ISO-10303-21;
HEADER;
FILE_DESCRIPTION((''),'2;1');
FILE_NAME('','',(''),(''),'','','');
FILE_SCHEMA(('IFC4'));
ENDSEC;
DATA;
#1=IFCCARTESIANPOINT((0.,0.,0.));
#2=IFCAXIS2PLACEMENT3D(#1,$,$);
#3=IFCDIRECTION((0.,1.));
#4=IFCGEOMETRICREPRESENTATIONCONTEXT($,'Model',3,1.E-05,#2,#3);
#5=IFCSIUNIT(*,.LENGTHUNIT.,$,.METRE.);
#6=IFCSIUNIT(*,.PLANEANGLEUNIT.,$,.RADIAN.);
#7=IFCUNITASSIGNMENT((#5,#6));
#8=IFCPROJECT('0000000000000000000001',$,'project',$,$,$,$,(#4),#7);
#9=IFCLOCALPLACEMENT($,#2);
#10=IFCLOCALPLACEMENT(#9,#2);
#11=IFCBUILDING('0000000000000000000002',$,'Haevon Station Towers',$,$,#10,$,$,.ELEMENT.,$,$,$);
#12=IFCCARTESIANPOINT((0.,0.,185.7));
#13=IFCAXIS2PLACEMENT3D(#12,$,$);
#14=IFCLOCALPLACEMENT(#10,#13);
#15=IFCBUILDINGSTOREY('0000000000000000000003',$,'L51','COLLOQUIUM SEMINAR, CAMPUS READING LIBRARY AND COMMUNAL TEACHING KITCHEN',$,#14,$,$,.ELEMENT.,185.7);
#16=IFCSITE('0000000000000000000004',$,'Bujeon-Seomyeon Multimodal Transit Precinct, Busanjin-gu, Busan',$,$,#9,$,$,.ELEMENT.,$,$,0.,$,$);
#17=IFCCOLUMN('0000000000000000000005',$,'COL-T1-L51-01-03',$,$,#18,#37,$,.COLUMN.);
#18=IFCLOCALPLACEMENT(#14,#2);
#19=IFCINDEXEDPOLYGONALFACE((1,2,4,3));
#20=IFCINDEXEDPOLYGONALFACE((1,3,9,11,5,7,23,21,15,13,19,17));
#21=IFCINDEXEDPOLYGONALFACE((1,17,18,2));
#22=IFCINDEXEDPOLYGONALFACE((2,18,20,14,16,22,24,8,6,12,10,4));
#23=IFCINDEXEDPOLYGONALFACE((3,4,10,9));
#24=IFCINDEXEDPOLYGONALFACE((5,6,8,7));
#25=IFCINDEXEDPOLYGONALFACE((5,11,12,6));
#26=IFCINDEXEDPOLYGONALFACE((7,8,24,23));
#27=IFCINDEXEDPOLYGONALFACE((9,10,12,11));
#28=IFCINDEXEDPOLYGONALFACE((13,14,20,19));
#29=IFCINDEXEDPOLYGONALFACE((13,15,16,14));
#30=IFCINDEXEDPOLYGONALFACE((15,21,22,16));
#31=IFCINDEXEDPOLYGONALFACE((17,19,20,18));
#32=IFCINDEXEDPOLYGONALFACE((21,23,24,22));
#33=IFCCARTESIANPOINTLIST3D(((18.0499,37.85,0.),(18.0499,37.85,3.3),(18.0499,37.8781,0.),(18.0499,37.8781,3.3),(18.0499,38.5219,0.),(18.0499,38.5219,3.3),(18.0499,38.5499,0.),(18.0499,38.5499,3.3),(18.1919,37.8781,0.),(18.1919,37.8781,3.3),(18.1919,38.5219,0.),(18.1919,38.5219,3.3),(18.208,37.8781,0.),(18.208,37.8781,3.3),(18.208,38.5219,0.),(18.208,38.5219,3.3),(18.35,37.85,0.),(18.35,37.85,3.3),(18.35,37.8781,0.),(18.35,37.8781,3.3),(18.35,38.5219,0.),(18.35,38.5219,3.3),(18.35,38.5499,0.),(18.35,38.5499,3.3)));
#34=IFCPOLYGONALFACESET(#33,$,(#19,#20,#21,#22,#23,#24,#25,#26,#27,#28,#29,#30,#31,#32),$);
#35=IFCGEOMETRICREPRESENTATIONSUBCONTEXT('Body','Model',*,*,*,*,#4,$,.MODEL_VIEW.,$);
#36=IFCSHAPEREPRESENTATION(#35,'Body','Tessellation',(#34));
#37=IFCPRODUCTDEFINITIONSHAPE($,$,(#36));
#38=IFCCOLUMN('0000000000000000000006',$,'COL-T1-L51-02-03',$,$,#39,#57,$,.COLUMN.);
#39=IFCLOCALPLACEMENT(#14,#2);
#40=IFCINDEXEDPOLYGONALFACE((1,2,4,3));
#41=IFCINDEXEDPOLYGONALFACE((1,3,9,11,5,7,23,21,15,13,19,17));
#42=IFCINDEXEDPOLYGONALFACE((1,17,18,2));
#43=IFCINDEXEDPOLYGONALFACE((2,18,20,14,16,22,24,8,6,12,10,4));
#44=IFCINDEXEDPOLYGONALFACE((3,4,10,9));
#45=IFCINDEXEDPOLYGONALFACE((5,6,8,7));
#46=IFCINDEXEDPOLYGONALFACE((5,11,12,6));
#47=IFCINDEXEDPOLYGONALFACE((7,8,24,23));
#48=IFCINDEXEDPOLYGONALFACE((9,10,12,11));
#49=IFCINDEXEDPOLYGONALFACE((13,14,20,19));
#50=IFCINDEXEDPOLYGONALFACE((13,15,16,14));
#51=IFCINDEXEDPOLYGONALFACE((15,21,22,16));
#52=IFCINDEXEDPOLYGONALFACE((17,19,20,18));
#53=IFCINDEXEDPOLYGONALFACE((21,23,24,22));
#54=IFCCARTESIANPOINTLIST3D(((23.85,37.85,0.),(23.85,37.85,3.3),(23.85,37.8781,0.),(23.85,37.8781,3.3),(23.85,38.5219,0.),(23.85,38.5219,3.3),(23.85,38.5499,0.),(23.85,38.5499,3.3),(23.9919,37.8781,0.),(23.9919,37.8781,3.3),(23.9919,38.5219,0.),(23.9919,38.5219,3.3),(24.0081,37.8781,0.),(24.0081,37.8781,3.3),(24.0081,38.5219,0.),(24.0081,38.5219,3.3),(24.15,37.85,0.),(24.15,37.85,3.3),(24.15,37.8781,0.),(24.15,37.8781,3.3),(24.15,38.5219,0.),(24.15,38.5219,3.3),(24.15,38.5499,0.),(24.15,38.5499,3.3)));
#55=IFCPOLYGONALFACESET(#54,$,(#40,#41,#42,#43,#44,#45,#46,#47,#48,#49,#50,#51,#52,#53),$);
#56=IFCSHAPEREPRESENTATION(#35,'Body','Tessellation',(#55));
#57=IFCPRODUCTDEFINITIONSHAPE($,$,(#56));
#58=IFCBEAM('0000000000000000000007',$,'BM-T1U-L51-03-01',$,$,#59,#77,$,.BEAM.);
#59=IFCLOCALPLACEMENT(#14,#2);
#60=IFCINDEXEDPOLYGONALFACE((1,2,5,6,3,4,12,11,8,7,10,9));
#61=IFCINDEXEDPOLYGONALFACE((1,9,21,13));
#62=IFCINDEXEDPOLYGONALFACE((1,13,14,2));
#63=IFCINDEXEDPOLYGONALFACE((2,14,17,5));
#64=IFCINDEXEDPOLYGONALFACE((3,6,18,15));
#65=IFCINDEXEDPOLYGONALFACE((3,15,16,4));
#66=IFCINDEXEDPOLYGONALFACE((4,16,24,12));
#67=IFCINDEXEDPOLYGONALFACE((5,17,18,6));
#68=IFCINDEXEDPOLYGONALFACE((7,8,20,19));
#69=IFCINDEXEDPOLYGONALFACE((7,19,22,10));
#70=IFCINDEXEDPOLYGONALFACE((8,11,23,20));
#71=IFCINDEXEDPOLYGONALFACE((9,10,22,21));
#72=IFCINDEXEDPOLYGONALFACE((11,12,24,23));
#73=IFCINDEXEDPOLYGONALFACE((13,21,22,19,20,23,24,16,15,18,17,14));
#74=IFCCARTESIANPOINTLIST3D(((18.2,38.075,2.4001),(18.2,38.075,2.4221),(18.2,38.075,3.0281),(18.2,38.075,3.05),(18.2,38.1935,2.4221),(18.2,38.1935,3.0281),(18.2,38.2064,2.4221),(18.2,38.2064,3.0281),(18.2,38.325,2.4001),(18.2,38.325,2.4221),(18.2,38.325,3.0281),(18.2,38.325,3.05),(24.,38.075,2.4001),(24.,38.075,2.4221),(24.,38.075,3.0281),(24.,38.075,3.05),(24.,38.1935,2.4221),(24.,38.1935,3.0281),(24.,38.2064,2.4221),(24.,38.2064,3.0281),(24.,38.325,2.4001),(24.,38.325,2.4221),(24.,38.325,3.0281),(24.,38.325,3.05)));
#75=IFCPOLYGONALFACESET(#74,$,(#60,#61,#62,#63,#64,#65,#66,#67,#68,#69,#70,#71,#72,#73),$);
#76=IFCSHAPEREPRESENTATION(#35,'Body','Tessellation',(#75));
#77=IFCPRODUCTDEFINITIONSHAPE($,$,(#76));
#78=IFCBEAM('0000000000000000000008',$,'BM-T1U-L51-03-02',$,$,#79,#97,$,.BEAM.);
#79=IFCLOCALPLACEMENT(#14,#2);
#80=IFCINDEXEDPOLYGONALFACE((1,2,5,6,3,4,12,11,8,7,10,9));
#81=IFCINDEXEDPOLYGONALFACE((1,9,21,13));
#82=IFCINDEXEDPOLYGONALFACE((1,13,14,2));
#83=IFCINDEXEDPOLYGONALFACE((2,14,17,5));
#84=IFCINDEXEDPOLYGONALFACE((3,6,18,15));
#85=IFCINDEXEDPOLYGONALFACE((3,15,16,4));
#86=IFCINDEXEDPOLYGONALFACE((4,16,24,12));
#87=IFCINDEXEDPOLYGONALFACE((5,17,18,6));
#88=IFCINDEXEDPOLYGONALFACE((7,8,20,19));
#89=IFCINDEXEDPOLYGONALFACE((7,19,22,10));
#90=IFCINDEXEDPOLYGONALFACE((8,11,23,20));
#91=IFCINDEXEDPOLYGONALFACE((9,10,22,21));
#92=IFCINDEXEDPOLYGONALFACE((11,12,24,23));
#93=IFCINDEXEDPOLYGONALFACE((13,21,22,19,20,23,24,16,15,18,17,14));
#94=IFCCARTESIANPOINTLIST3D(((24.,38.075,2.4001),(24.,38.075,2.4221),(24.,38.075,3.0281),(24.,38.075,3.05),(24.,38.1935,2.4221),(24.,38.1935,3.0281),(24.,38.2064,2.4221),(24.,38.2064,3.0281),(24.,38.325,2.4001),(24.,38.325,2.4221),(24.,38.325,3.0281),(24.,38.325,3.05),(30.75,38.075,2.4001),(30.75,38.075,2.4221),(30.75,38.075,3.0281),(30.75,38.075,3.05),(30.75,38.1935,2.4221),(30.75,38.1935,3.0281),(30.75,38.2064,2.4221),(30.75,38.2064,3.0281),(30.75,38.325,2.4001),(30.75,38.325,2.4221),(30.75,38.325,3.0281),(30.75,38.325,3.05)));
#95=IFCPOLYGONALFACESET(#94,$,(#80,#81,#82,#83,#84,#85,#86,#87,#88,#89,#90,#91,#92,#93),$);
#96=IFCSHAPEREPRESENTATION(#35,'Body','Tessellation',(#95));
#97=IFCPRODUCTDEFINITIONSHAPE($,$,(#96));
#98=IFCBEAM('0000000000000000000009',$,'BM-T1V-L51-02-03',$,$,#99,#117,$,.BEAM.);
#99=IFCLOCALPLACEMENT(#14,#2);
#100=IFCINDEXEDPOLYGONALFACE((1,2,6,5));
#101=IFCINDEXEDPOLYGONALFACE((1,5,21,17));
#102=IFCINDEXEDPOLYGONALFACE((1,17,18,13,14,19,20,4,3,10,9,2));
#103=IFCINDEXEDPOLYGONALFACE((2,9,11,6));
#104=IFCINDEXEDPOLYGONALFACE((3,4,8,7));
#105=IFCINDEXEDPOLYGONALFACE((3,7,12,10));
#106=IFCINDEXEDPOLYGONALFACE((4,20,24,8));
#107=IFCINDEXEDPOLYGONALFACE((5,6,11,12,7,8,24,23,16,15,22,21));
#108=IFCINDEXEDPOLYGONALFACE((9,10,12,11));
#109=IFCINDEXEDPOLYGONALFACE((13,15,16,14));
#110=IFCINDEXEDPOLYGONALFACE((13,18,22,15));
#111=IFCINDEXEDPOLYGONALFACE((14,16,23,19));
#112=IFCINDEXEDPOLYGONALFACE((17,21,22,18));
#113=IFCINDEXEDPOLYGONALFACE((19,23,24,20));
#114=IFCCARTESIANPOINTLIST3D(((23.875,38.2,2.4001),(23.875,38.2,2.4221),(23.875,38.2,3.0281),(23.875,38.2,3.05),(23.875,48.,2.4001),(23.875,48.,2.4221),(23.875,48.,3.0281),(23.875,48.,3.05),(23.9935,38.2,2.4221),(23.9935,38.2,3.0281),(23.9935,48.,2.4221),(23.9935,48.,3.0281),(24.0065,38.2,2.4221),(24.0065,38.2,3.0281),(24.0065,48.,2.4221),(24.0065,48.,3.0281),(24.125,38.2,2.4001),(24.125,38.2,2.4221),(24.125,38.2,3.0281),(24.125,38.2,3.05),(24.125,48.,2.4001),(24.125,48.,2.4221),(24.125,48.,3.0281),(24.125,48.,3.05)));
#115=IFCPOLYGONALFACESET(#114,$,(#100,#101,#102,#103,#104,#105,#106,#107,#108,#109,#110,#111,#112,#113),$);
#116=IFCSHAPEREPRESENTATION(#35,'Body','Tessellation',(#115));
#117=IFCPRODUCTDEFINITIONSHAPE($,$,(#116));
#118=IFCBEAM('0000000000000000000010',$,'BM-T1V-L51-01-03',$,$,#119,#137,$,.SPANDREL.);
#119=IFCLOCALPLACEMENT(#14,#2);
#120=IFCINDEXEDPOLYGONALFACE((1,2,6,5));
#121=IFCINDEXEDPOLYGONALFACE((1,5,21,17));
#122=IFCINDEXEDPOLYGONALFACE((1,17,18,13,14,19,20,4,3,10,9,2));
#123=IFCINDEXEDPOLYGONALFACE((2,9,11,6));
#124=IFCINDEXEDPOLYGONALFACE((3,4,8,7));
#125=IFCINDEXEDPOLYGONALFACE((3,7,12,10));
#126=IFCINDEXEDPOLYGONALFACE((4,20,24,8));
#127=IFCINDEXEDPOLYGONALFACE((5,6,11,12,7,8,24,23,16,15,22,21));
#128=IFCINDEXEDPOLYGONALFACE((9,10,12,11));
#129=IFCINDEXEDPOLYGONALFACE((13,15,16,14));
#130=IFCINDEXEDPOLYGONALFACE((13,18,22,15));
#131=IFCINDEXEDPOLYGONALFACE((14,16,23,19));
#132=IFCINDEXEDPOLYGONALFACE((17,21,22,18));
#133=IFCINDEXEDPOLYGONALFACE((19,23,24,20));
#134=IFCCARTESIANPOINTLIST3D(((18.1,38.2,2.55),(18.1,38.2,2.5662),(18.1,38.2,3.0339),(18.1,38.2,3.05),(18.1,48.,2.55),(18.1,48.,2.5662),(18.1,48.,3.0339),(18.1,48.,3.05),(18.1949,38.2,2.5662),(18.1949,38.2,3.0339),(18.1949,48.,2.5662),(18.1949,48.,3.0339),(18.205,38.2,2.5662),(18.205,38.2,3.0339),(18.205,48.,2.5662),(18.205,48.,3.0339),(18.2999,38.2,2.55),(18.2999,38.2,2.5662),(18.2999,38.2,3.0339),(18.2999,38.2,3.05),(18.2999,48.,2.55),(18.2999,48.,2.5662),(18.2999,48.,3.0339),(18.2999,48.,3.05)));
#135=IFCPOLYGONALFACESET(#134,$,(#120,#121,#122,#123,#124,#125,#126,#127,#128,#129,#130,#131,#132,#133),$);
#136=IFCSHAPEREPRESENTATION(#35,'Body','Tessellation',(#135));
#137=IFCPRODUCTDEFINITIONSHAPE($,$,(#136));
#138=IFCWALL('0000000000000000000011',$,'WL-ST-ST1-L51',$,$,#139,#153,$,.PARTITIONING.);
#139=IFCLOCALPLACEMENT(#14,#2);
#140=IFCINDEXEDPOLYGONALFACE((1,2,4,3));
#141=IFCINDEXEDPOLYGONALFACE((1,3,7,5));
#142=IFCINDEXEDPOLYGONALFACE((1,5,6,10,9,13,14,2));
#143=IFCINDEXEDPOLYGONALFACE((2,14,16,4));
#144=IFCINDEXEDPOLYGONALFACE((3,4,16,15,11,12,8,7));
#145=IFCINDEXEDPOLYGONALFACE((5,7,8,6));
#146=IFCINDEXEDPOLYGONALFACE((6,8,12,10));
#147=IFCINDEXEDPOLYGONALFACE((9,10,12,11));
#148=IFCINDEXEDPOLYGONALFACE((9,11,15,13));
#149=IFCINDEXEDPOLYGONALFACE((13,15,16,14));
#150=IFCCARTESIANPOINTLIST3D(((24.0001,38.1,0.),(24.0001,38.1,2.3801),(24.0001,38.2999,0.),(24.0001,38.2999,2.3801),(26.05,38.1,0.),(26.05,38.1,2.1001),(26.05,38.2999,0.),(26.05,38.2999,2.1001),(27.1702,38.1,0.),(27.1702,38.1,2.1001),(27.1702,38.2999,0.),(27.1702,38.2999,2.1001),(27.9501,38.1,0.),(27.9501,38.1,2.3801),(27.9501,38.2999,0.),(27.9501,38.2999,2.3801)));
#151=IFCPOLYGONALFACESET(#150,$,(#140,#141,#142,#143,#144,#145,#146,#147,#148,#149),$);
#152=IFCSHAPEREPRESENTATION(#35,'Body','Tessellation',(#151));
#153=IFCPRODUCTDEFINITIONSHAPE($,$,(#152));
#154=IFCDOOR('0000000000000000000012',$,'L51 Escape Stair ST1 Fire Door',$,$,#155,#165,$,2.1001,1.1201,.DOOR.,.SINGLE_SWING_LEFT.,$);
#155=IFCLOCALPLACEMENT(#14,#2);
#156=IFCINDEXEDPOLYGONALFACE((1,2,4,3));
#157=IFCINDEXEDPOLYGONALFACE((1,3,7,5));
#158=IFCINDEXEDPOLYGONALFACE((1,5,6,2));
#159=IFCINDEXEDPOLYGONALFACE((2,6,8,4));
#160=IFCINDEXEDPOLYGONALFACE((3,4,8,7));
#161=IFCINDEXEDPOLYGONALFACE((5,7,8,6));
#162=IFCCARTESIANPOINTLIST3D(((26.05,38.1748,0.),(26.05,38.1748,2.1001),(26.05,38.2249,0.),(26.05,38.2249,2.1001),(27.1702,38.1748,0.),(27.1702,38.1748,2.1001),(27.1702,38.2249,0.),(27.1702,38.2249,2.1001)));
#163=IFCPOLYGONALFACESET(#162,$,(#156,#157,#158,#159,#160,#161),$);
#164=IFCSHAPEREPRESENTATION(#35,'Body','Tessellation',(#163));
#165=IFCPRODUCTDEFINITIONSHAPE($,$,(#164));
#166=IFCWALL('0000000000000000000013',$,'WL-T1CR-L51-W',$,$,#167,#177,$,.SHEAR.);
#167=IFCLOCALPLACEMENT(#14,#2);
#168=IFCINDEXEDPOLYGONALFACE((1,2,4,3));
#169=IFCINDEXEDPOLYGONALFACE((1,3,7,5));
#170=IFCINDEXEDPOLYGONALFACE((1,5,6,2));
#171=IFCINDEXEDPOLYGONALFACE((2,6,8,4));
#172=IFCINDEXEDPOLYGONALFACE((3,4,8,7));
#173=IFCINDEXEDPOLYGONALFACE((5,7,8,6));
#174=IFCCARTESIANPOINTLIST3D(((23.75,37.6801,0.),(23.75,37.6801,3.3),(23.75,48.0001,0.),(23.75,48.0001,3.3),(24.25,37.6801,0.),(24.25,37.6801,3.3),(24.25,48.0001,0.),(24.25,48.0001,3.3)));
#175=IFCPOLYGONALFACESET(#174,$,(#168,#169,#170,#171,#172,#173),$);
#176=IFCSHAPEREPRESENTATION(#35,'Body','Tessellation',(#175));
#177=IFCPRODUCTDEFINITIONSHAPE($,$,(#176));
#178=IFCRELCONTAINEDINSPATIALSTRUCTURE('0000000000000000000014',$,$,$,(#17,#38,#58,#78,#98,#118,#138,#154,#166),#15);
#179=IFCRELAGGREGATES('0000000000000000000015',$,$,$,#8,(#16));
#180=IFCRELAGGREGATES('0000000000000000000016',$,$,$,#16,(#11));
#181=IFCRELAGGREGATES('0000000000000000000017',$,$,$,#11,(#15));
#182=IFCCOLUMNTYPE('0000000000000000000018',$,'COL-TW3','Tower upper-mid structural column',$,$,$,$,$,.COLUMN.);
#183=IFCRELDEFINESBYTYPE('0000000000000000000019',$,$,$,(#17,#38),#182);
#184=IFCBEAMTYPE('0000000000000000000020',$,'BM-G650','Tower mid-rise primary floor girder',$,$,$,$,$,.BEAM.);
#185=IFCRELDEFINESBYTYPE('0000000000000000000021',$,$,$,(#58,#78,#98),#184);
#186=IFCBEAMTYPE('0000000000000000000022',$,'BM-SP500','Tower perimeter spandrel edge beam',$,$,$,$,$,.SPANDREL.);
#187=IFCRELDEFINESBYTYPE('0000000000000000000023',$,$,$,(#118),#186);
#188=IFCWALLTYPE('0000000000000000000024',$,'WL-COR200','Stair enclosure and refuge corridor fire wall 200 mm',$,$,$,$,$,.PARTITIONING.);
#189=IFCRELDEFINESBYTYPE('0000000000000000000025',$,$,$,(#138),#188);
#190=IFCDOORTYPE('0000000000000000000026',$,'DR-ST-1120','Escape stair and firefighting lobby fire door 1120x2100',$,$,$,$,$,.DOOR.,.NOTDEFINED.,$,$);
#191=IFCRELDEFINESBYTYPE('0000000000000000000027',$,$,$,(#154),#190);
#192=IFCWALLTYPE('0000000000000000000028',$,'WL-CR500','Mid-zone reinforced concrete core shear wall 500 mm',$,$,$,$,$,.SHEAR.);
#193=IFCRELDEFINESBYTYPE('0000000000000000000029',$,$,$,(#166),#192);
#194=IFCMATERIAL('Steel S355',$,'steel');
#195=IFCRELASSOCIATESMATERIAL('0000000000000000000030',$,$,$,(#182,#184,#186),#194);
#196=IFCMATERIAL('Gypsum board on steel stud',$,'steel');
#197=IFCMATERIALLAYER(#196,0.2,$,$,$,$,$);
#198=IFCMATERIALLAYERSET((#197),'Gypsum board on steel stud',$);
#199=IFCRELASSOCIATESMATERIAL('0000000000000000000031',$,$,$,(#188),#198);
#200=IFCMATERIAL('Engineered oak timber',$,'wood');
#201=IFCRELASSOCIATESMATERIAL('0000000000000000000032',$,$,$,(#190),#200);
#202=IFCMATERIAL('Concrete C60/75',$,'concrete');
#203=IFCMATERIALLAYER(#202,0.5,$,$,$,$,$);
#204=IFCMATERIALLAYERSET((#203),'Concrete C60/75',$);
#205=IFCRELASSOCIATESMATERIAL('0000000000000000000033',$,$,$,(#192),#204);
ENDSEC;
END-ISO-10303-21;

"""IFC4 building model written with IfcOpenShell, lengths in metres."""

from ifc_helpers import new_model, si_unit, direction, frame, frame_2d, origin, origin_2d, place, context, subcontext, project, spatial, rectangle, i_section, extrude, material, layer, layer_set, material_profile, profile_set, type_object, element, fill, save


model = new_model("IFC4")

# Units and contexts
model_context = context("Model", 3, precision=1e-05, world=origin(), true_north=direction((0.0, 1.0)))
body_context = subcontext(model_context, "Body", "Model", "MODEL_VIEW")
ifc_project = project(units=[si_unit("LENGTHUNIT", "METRE"), si_unit("PLANEANGLEUNIT", "RADIAN")], contexts=[model_context])

# Site, building, storey
site_placement = place(None, origin())
site = spatial("IfcSite", under=ifc_project, at=site_placement, Name="Bujeon-Seomyeon Multimodal Transit Precinct, Busanjin-gu, Busan", CompositionType="ELEMENT", RefElevation=0.0)
building_placement = place(site_placement, origin())
building = spatial("IfcBuilding", under=site, at=building_placement, Name="Haevon Station Towers", CompositionType="ELEMENT")
storey_placement = place(building_placement, frame((0.0, 0.0, 185.7)))
storey = spatial("IfcBuildingStorey", under=building, at=storey_placement, Name="L51", Description="COLLOQUIUM SEMINAR, CAMPUS READING LIBRARY AND COMMUNAL TEACHING KITCHEN", CompositionType="ELEMENT", Elevation=185.7)

# Columns
ifc_material_1 = material(Name="Steel S355", Category="steel")
ifc_material_profile_1 = material_profile(ifc_material_1, i_section(OverallWidth=0.3, OverallDepth=0.7, WebThickness=0.0161, FlangeThickness=0.0281, at=origin_2d()), Name="H-700x300x16x28")
ifc_profile_set_1 = profile_set([ifc_material_profile_1], Name="Steel S355")
column_type = type_object("IfcColumnType", Name="COL-TW3", Description="Tower upper-mid structural column", PredefinedType="COLUMN", material=ifc_profile_set_1)
for number, where, z_axis, x_axis, name in (
    (1, (18.2, 38.2, 0.0), (0.0, 0.0, 1.0), (1.0, 0.0, 0.0), "COL-T1-L51-01-03"),
    (2, (24.0, 38.2, 0.0), (0.0, 0.0, 1.0), (1.0, 0.0, 0.0), "COL-T1-L51-02-03"),
):
    element("IfcColumn", number, at=place(storey_placement, frame(where, z_axis=z_axis, x_axis=x_axis)), inside=storey, type_object=column_type, Name=name, PredefinedType="COLUMN", context=body_context, shape_type="SweptSolid", body=[
        extrude(i_section(OverallWidth=0.3, OverallDepth=0.7, WebThickness=0.0161, FlangeThickness=0.0281, at=origin_2d()), origin(), (0.0, 0.0, 1.0), 3.3),
    ])

# Beams
ifc_material_profile_2 = material_profile(ifc_material_1, i_section(OverallWidth=0.25, OverallDepth=0.6499, WebThickness=0.0129, FlangeThickness=0.022, at=origin_2d()), Name="H-650x250x13x22")
ifc_profile_set_2 = profile_set([ifc_material_profile_2], Name="Steel S355")
beam_type_1 = type_object("IfcBeamType", Name="BM-G650", Description="Tower mid-rise primary floor girder", PredefinedType="BEAM", material=ifc_profile_set_2)
beam_1_placement = place(storey_placement, frame((18.2, 38.2, 2.7251), z_axis=(1.0, 0.0, 0.0), x_axis=(0.0, 1.0, 0.0)))
element("IfcBeam", 3, at=beam_1_placement, inside=storey, type_object=beam_type_1, Name="BM-T1U-L51-03-01", PredefinedType="BEAM", context=body_context, shape_type="SweptSolid", body=[
    extrude(i_section(OverallWidth=0.25, OverallDepth=0.6499, WebThickness=0.0129, FlangeThickness=0.022, at=origin_2d()), origin(), (0.0, 0.0, 1.0), 5.8),
])
beam_2_placement = place(storey_placement, frame((24.0, 38.2, 2.7251), z_axis=(1.0, 0.0, 0.0), x_axis=(0.0, 1.0, 0.0)))
element("IfcBeam", 4, at=beam_2_placement, inside=storey, type_object=beam_type_1, Name="BM-T1U-L51-03-02", PredefinedType="BEAM", context=body_context, shape_type="SweptSolid", body=[
    extrude(i_section(OverallWidth=0.25, OverallDepth=0.6499, WebThickness=0.0129, FlangeThickness=0.022, at=origin_2d()), origin(), (0.0, 0.0, 1.0), 6.75),
])
beam_3_placement = place(storey_placement, frame((24.0, 38.2, 2.7251), z_axis=(0.0, 1.0, 0.0), x_axis=(-1.0, 0.0, 0.0)))
element("IfcBeam", 5, at=beam_3_placement, inside=storey, type_object=beam_type_1, Name="BM-T1V-L51-02-03", PredefinedType="BEAM", context=body_context, shape_type="SweptSolid", body=[
    extrude(i_section(OverallWidth=0.25, OverallDepth=0.6499, WebThickness=0.0129, FlangeThickness=0.022, at=origin_2d()), origin(), (0.0, 0.0, 1.0), 9.8),
])
ifc_material_profile_3 = material_profile(ifc_material_1, i_section(OverallWidth=0.2, OverallDepth=0.5, WebThickness=0.01, FlangeThickness=0.0161, at=origin_2d()), Name="H-500x200x10x16")
ifc_profile_set_3 = profile_set([ifc_material_profile_3], Name="Steel S355")
beam_type_2 = type_object("IfcBeamType", Name="BM-SP500", Description="Tower perimeter spandrel edge beam", PredefinedType="SPANDREL", material=ifc_profile_set_3)
beam_4_placement = place(storey_placement, frame((18.2, 38.2, 2.8), z_axis=(0.0, 1.0, 0.0), x_axis=(-1.0, 0.0, 0.0)))
element("IfcBeam", 6, at=beam_4_placement, inside=storey, type_object=beam_type_2, Name="BM-T1V-L51-01-03", PredefinedType="SPANDREL", context=body_context, shape_type="SweptSolid", body=[
    extrude(i_section(OverallWidth=0.2, OverallDepth=0.5, WebThickness=0.01, FlangeThickness=0.0161, at=origin_2d()), origin(), (0.0, 0.0, 1.0), 9.8),
])

# Wall, opening, door
ifc_material_2 = material(Name="Gypsum board on steel stud", Category="steel")
ifc_layer_1 = layer(ifc_material_2, 0.2)
ifc_layer_set_1 = layer_set([ifc_layer_1], Name="Gypsum board on steel stud")
wall_type_1 = type_object("IfcWallType", Name="WL-COR200", Description="Stair enclosure and refuge corridor fire wall 200 mm", PredefinedType="PARTITIONING", material=ifc_layer_set_1)
wall_1_placement = place(storey_placement, frame((24.0, 38.2, 0.0), z_axis=(0.0, 0.0, 1.0), x_axis=(1.0, 0.0, 0.0)))
wall_1 = element("IfcWall", 7, at=wall_1_placement, inside=storey, type_object=wall_type_1, Name="WL-ST-ST1-L51", PredefinedType="PARTITIONING", context=body_context, shape_type="SweptSolid", body=[
    extrude(rectangle(XDim=3.95, YDim=0.2, at=frame_2d((1.9751, 0.0))), origin(), (0.0, 0.0, 1.0), 2.3801),
])
opening_placement = place(wall_1_placement, frame((2.05, 0.0, 0.0)))
opening = element("IfcOpeningElement", 8, at=opening_placement, cuts=wall_1, PredefinedType="OPENING", context=body_context, shape_type="SweptSolid", body=[
    extrude(rectangle(XDim=1.1201, YDim=2.1001, at=frame_2d((0.5601, 1.05))), frame((0.0, 0.1099, 0.0), z_axis=(0.0, -1.0, 0.0), x_axis=(1.0, 0.0, 0.0)), (0.0, 0.0, 1.0), 0.22),
])
ifc_material_3 = material(Name="Engineered oak timber", Category="wood")
door_type = type_object("IfcDoorType", Name="DR-ST-1120", Description="Escape stair and firefighting lobby fire door 1120x2100", OperationType="NOTDEFINED", PredefinedType="DOOR", material=ifc_material_3)
door_placement = place(opening_placement, origin())
door = element("IfcDoor", 9, at=door_placement, inside=storey, type_object=door_type, Name="L51 Escape Stair ST1 Fire Door", OperationType="SINGLE_SWING_LEFT", OverallHeight=2.1001, OverallWidth=1.1201, PredefinedType="DOOR", context=body_context, shape_type="SweptSolid", body=[
    extrude(rectangle(XDim=1.1201, YDim=2.1001, at=frame_2d((0.5601, 1.05))), frame((0.0, 0.0249, 0.0), z_axis=(0.0, -1.0, 0.0), x_axis=(1.0, 0.0, 0.0)), (0.0, 0.0, 1.0), 0.05),
])
fill(opening, door)

# Wall
ifc_material_4 = material(Name="Concrete C60/75", Category="concrete")
ifc_layer_2 = layer(ifc_material_4, 0.5)
ifc_layer_set_2 = layer_set([ifc_layer_2], Name="Concrete C60/75")
wall_type_2 = type_object("IfcWallType", Name="WL-CR500", Description="Mid-zone reinforced concrete core shear wall 500 mm", PredefinedType="SHEAR", material=ifc_layer_set_2)
wall_2_placement = place(storey_placement, frame((24.0, 37.6799, 0.0), z_axis=(0.0, 0.0, 1.0), x_axis=(0.0, 1.0, 0.0)))
element("IfcWall", 10, at=wall_2_placement, inside=storey, type_object=wall_type_2, Name="WL-T1CR-L51-W", PredefinedType="SHEAR", context=body_context, shape_type="SweptSolid", body=[
    extrude(rectangle(XDim=10.3201, YDim=0.5, at=frame_2d((5.1602, 0.0))), origin(), (0.0, 0.0, 1.0), 3.3),
])

save(model, "model.ifc")
